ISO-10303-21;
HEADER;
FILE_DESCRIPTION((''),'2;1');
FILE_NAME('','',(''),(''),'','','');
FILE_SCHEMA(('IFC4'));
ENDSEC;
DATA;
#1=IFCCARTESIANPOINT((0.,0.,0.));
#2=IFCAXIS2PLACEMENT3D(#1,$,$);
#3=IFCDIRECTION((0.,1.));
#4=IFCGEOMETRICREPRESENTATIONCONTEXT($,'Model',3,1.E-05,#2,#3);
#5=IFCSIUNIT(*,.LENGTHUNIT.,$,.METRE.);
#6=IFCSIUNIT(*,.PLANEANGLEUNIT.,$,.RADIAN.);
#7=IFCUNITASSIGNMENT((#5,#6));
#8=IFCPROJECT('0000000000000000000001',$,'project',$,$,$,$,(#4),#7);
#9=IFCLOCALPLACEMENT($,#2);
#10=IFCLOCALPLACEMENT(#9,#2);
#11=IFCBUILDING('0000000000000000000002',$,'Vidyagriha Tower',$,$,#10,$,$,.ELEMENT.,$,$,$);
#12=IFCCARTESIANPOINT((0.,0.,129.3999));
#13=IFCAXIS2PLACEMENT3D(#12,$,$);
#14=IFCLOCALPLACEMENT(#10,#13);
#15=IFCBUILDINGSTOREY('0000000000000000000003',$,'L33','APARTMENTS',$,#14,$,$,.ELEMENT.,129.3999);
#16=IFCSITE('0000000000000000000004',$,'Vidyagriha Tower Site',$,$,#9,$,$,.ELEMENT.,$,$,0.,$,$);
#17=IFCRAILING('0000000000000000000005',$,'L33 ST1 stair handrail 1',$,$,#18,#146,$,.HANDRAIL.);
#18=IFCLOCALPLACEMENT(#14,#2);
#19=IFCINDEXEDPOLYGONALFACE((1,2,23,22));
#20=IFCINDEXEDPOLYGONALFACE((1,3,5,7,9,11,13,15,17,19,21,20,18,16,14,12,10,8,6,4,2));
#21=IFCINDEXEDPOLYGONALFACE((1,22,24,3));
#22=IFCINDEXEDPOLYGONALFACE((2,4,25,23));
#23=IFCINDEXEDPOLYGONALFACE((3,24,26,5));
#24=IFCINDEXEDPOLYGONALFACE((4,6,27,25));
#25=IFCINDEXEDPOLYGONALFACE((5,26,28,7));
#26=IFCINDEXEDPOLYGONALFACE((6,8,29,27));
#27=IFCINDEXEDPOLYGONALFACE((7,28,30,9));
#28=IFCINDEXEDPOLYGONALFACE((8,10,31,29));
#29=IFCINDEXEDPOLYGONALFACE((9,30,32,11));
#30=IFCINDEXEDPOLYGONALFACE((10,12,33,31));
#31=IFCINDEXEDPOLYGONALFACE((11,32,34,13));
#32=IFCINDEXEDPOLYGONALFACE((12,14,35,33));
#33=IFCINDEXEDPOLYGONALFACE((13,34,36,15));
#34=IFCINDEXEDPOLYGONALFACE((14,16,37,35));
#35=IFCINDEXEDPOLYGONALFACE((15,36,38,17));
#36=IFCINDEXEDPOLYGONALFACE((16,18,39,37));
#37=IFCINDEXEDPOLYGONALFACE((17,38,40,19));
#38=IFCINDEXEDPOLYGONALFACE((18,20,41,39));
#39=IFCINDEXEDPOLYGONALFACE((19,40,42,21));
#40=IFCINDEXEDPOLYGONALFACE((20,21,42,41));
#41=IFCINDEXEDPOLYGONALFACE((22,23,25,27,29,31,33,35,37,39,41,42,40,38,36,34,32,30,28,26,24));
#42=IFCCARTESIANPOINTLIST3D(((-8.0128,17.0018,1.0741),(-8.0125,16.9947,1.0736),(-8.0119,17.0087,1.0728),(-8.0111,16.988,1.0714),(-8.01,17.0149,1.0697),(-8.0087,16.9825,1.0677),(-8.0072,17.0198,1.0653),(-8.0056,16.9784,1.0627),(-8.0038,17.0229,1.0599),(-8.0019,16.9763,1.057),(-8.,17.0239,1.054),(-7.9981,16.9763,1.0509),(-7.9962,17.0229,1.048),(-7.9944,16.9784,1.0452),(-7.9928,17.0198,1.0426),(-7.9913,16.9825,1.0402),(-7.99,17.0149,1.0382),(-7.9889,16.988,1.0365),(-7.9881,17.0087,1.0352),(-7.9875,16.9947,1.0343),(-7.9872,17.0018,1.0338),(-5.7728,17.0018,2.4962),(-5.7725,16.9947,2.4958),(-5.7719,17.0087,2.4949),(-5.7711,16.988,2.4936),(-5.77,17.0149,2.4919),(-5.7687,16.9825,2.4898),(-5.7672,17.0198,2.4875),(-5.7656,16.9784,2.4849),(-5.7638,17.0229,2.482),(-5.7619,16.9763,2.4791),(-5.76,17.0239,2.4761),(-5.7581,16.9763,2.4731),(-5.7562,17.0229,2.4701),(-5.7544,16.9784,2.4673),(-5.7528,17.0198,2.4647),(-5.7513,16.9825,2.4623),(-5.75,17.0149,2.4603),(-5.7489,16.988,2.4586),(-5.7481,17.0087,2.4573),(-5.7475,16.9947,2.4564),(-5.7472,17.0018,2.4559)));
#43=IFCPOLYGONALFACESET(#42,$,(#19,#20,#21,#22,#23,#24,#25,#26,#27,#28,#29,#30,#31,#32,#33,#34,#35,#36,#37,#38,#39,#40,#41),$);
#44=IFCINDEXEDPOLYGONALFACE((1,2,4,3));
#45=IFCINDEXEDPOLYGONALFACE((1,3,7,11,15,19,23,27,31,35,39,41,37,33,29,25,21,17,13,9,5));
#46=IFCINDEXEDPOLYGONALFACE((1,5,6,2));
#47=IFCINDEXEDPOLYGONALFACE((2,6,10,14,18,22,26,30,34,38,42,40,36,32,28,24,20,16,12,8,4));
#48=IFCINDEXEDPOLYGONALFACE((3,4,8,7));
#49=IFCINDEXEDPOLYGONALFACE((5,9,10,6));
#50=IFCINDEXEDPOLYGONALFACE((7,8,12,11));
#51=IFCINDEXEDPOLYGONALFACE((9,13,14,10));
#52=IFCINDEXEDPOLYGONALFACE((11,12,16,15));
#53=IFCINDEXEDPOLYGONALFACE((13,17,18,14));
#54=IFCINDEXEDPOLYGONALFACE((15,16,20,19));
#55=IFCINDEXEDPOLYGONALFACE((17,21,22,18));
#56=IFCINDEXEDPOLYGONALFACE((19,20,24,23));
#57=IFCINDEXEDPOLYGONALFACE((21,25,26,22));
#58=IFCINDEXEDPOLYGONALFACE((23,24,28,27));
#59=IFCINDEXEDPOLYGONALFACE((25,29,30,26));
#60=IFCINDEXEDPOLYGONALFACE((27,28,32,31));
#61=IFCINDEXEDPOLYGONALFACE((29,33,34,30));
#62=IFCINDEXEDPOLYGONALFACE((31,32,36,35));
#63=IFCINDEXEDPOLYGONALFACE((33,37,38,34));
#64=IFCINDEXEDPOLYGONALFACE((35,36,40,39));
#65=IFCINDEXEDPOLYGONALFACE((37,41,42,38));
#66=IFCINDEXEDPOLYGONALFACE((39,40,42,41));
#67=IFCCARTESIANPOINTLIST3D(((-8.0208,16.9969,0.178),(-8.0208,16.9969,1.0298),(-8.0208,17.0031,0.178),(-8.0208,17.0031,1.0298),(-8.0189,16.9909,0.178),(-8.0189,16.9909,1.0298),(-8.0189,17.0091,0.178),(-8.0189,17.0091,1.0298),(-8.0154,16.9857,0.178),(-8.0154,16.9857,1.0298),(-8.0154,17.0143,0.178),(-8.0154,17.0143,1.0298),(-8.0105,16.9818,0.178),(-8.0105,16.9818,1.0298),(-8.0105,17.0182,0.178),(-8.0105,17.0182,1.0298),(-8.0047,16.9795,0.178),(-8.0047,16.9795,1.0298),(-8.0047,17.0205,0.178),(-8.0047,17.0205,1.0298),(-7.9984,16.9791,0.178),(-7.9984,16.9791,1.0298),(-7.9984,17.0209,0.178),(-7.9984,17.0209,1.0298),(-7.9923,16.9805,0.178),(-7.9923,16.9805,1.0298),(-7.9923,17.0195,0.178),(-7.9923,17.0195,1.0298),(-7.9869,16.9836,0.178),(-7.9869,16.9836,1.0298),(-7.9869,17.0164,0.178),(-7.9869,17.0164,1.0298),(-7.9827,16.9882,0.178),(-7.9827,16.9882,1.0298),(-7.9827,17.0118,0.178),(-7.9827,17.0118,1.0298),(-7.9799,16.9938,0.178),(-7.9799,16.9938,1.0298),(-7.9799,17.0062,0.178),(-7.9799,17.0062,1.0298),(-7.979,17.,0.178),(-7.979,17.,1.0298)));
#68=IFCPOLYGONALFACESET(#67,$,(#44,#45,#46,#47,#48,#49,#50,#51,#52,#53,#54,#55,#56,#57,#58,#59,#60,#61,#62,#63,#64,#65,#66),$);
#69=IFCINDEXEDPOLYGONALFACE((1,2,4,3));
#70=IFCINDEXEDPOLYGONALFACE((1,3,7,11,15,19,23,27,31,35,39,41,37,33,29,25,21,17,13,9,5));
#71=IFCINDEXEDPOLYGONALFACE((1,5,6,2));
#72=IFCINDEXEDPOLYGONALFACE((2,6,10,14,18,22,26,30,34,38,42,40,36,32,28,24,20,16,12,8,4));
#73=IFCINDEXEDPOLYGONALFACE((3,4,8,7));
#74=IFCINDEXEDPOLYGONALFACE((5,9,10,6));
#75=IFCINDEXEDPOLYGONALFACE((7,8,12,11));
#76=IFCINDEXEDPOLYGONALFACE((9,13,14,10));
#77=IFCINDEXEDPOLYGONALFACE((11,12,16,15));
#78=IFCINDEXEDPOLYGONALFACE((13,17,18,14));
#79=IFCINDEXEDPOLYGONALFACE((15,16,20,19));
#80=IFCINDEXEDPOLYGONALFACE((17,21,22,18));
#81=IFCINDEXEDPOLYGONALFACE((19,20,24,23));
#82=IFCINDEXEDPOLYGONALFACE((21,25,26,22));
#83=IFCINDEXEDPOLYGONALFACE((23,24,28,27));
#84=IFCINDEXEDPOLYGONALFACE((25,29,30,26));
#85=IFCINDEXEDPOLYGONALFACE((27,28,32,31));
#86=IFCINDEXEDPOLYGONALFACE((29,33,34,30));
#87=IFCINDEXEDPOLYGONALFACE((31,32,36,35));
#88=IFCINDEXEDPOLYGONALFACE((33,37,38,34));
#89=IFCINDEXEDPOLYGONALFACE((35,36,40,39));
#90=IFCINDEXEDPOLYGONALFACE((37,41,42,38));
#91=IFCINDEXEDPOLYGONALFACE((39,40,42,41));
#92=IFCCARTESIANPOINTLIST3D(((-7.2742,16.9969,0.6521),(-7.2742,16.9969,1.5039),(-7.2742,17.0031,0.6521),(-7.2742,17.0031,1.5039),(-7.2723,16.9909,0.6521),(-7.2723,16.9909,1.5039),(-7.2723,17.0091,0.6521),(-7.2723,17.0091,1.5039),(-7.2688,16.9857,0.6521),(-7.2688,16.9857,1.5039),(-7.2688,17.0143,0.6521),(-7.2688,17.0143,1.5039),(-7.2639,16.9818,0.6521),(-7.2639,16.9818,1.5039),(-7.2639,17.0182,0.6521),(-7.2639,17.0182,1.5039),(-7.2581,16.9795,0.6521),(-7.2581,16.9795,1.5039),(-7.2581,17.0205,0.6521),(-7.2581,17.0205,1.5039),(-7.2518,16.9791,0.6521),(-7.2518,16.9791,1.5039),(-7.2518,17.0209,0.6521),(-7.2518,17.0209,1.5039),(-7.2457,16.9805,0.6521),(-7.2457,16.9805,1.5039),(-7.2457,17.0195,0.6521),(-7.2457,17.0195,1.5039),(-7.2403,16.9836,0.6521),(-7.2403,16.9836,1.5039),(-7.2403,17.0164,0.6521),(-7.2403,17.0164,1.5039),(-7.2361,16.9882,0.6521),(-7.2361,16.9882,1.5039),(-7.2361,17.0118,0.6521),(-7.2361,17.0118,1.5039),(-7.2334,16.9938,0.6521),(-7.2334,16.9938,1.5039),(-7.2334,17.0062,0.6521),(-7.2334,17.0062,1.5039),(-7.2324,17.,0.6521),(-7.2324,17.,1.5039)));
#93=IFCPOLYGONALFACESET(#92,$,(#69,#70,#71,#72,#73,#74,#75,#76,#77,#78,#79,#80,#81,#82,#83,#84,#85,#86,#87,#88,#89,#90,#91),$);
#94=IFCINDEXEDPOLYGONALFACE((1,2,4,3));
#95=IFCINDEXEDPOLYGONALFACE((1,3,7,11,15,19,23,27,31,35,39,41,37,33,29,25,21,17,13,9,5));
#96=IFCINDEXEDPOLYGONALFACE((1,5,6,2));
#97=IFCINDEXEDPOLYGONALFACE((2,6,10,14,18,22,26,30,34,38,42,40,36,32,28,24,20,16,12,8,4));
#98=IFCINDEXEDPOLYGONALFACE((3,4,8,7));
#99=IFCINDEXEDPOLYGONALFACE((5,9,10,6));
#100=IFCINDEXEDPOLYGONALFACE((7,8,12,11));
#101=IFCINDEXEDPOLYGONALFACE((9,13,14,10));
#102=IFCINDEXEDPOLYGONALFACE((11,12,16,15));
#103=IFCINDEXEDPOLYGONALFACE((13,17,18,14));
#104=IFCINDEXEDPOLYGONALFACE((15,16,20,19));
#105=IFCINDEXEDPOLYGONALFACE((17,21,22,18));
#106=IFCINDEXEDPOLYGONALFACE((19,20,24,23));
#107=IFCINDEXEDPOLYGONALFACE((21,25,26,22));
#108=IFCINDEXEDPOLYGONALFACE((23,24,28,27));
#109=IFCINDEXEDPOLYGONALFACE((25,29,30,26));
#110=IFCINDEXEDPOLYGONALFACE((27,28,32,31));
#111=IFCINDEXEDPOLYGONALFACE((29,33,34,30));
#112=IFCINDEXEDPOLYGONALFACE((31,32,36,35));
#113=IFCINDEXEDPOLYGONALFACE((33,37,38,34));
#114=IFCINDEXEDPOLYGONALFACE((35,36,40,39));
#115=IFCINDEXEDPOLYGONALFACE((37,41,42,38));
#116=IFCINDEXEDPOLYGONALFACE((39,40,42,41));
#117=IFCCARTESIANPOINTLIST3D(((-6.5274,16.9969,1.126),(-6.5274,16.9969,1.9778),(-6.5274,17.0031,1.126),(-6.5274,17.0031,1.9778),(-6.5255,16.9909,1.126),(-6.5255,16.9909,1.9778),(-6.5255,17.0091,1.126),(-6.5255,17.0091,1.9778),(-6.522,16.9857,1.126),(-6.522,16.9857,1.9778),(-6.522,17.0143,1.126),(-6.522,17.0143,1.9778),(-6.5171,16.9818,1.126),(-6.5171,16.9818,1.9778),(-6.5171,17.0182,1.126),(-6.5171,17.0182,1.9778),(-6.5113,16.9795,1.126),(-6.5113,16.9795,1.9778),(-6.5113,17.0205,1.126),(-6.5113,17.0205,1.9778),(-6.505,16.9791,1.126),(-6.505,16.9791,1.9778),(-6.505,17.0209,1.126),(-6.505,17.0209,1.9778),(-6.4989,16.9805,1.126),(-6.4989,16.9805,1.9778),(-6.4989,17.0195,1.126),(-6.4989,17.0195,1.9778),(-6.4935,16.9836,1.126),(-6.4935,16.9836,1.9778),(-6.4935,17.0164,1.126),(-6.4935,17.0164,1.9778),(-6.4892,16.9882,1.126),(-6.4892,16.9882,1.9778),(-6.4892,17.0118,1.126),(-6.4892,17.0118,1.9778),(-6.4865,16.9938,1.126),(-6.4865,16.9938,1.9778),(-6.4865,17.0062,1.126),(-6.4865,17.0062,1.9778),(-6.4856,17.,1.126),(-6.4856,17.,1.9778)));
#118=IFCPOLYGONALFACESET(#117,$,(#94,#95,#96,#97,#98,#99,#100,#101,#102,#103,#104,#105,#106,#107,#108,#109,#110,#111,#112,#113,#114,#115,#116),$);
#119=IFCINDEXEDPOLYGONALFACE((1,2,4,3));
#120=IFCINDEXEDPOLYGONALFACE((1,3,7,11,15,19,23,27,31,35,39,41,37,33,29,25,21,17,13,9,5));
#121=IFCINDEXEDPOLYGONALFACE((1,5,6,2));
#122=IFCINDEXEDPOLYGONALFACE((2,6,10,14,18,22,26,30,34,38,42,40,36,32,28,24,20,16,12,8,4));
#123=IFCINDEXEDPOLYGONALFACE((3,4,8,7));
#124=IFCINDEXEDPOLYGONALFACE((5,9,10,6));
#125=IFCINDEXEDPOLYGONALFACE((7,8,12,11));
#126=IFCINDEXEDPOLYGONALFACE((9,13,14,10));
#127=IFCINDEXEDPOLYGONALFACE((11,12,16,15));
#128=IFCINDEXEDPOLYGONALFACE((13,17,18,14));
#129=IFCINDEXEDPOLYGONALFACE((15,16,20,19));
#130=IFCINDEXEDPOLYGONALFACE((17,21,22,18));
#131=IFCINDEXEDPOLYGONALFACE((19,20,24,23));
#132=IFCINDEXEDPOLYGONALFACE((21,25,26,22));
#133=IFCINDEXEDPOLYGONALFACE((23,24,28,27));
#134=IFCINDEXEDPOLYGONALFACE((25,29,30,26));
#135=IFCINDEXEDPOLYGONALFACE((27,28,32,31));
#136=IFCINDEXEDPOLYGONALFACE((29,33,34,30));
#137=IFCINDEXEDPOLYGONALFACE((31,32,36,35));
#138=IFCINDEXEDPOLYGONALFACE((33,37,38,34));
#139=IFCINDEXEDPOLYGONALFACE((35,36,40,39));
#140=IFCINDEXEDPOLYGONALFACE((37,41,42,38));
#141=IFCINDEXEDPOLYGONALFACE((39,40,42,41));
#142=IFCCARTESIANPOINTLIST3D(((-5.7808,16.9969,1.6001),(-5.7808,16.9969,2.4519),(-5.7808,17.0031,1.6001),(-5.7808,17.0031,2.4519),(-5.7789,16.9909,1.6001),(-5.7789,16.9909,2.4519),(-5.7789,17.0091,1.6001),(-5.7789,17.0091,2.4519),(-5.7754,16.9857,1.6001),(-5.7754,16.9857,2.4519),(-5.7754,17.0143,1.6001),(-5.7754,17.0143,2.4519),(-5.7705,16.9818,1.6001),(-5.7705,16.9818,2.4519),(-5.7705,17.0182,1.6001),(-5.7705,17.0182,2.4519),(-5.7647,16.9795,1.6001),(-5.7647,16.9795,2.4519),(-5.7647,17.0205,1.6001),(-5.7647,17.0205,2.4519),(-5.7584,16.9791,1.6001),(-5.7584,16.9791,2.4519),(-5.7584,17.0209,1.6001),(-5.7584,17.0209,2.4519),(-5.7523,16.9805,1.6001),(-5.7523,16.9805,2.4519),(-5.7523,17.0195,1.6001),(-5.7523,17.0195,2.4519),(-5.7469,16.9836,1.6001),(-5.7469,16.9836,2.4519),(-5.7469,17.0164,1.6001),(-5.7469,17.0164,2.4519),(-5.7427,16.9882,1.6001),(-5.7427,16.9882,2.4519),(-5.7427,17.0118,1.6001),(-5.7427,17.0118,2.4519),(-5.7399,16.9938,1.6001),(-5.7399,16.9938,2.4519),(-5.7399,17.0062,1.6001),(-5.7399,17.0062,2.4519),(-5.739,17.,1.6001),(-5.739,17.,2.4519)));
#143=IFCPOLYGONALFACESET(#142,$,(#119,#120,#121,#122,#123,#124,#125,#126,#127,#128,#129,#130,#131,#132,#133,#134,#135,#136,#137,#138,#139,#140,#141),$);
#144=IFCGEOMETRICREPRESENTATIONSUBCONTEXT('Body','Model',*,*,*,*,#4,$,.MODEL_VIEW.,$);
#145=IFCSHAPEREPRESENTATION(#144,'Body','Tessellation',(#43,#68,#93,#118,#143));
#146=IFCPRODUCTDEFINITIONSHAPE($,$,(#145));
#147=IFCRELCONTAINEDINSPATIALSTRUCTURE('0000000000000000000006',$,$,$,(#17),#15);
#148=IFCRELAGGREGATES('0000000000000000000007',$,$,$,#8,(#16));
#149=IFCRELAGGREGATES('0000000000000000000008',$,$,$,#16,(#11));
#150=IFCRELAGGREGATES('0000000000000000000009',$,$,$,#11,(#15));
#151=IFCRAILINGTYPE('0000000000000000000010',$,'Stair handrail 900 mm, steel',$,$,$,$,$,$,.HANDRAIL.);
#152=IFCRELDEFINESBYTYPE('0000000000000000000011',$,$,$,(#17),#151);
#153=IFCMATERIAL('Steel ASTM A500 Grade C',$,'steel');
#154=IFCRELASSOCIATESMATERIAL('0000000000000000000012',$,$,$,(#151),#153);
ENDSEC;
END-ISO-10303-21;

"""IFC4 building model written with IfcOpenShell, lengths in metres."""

from ifc_helpers import new_model, si_unit, direction, frame, origin, origin_2d, place, context, subcontext, project, spatial, circle, extrude, material, type_object, element, save


model = new_model("IFC4")

# Units and contexts
model_context = context("Model", 3, precision=1e-05, world=origin(), true_north=direction((0.0, 1.0)))
body_context = subcontext(model_context, "Body", "Model", "MODEL_VIEW")
ifc_project = project(units=[si_unit("LENGTHUNIT", "METRE"), si_unit("PLANEANGLEUNIT", "RADIAN")], contexts=[model_context])

# Site, building, storey
site_placement = place(None, origin())
site = spatial("IfcSite", under=ifc_project, at=site_placement, Name="Vidyagriha Tower Site", CompositionType="ELEMENT", RefElevation=0.0)
building_placement = place(site_placement, origin())
building = spatial("IfcBuilding", under=site, at=building_placement, Name="Vidyagriha Tower", CompositionType="ELEMENT")
storey_placement = place(building_placement, frame((0.0, 0.0, 129.3999)))
storey = spatial("IfcBuildingStorey", under=building, at=storey_placement, Name="L33", Description="APARTMENTS", CompositionType="ELEMENT", Elevation=129.3999)

# Railing
ifc_material_1 = material(Name="Steel ASTM A500 Grade C", Category="steel")
railing_type_1 = type_object("IfcRailingType", Name="Stair handrail 900 mm, steel", PredefinedType="HANDRAIL", material=ifc_material_1)
railing_1_placement = place(storey_placement, frame((-8.0, 17.0, 0.178)))
element("IfcRailing", 1, at=railing_1_placement, inside=storey, type_object=railing_type_1, Name="L33 ST1 stair handrail 1", PredefinedType="HANDRAIL", context=body_context, shape_type="SweptSolid", body=[
    extrude(circle(Radius=0.0239, at=origin_2d()), frame((0.0, 0.0, 0.876), z_axis=(0.844229, 0.0, 0.535982), x_axis=(0.0, 1.0, 0.0)), (0.0, 0.0, 1.0), 2.6533),
    extrude(circle(Radius=0.021, at=origin_2d()), origin(), (0.0, 0.0, 1.0), 0.8518),
    extrude(circle(Radius=0.021, at=origin_2d()), frame((0.7466, 0.0, 0.4741)), (0.0, 0.0, 1.0), 0.8518),
    extrude(circle(Radius=0.021, at=origin_2d()), frame((1.4934, 0.0, 0.948)), (0.0, 0.0, 1.0), 0.8518),
    extrude(circle(Radius=0.021, at=origin_2d()), frame((2.24, 0.0, 1.4221)), (0.0, 0.0, 1.0), 0.8518),
])

save(model, "model.ifc")
